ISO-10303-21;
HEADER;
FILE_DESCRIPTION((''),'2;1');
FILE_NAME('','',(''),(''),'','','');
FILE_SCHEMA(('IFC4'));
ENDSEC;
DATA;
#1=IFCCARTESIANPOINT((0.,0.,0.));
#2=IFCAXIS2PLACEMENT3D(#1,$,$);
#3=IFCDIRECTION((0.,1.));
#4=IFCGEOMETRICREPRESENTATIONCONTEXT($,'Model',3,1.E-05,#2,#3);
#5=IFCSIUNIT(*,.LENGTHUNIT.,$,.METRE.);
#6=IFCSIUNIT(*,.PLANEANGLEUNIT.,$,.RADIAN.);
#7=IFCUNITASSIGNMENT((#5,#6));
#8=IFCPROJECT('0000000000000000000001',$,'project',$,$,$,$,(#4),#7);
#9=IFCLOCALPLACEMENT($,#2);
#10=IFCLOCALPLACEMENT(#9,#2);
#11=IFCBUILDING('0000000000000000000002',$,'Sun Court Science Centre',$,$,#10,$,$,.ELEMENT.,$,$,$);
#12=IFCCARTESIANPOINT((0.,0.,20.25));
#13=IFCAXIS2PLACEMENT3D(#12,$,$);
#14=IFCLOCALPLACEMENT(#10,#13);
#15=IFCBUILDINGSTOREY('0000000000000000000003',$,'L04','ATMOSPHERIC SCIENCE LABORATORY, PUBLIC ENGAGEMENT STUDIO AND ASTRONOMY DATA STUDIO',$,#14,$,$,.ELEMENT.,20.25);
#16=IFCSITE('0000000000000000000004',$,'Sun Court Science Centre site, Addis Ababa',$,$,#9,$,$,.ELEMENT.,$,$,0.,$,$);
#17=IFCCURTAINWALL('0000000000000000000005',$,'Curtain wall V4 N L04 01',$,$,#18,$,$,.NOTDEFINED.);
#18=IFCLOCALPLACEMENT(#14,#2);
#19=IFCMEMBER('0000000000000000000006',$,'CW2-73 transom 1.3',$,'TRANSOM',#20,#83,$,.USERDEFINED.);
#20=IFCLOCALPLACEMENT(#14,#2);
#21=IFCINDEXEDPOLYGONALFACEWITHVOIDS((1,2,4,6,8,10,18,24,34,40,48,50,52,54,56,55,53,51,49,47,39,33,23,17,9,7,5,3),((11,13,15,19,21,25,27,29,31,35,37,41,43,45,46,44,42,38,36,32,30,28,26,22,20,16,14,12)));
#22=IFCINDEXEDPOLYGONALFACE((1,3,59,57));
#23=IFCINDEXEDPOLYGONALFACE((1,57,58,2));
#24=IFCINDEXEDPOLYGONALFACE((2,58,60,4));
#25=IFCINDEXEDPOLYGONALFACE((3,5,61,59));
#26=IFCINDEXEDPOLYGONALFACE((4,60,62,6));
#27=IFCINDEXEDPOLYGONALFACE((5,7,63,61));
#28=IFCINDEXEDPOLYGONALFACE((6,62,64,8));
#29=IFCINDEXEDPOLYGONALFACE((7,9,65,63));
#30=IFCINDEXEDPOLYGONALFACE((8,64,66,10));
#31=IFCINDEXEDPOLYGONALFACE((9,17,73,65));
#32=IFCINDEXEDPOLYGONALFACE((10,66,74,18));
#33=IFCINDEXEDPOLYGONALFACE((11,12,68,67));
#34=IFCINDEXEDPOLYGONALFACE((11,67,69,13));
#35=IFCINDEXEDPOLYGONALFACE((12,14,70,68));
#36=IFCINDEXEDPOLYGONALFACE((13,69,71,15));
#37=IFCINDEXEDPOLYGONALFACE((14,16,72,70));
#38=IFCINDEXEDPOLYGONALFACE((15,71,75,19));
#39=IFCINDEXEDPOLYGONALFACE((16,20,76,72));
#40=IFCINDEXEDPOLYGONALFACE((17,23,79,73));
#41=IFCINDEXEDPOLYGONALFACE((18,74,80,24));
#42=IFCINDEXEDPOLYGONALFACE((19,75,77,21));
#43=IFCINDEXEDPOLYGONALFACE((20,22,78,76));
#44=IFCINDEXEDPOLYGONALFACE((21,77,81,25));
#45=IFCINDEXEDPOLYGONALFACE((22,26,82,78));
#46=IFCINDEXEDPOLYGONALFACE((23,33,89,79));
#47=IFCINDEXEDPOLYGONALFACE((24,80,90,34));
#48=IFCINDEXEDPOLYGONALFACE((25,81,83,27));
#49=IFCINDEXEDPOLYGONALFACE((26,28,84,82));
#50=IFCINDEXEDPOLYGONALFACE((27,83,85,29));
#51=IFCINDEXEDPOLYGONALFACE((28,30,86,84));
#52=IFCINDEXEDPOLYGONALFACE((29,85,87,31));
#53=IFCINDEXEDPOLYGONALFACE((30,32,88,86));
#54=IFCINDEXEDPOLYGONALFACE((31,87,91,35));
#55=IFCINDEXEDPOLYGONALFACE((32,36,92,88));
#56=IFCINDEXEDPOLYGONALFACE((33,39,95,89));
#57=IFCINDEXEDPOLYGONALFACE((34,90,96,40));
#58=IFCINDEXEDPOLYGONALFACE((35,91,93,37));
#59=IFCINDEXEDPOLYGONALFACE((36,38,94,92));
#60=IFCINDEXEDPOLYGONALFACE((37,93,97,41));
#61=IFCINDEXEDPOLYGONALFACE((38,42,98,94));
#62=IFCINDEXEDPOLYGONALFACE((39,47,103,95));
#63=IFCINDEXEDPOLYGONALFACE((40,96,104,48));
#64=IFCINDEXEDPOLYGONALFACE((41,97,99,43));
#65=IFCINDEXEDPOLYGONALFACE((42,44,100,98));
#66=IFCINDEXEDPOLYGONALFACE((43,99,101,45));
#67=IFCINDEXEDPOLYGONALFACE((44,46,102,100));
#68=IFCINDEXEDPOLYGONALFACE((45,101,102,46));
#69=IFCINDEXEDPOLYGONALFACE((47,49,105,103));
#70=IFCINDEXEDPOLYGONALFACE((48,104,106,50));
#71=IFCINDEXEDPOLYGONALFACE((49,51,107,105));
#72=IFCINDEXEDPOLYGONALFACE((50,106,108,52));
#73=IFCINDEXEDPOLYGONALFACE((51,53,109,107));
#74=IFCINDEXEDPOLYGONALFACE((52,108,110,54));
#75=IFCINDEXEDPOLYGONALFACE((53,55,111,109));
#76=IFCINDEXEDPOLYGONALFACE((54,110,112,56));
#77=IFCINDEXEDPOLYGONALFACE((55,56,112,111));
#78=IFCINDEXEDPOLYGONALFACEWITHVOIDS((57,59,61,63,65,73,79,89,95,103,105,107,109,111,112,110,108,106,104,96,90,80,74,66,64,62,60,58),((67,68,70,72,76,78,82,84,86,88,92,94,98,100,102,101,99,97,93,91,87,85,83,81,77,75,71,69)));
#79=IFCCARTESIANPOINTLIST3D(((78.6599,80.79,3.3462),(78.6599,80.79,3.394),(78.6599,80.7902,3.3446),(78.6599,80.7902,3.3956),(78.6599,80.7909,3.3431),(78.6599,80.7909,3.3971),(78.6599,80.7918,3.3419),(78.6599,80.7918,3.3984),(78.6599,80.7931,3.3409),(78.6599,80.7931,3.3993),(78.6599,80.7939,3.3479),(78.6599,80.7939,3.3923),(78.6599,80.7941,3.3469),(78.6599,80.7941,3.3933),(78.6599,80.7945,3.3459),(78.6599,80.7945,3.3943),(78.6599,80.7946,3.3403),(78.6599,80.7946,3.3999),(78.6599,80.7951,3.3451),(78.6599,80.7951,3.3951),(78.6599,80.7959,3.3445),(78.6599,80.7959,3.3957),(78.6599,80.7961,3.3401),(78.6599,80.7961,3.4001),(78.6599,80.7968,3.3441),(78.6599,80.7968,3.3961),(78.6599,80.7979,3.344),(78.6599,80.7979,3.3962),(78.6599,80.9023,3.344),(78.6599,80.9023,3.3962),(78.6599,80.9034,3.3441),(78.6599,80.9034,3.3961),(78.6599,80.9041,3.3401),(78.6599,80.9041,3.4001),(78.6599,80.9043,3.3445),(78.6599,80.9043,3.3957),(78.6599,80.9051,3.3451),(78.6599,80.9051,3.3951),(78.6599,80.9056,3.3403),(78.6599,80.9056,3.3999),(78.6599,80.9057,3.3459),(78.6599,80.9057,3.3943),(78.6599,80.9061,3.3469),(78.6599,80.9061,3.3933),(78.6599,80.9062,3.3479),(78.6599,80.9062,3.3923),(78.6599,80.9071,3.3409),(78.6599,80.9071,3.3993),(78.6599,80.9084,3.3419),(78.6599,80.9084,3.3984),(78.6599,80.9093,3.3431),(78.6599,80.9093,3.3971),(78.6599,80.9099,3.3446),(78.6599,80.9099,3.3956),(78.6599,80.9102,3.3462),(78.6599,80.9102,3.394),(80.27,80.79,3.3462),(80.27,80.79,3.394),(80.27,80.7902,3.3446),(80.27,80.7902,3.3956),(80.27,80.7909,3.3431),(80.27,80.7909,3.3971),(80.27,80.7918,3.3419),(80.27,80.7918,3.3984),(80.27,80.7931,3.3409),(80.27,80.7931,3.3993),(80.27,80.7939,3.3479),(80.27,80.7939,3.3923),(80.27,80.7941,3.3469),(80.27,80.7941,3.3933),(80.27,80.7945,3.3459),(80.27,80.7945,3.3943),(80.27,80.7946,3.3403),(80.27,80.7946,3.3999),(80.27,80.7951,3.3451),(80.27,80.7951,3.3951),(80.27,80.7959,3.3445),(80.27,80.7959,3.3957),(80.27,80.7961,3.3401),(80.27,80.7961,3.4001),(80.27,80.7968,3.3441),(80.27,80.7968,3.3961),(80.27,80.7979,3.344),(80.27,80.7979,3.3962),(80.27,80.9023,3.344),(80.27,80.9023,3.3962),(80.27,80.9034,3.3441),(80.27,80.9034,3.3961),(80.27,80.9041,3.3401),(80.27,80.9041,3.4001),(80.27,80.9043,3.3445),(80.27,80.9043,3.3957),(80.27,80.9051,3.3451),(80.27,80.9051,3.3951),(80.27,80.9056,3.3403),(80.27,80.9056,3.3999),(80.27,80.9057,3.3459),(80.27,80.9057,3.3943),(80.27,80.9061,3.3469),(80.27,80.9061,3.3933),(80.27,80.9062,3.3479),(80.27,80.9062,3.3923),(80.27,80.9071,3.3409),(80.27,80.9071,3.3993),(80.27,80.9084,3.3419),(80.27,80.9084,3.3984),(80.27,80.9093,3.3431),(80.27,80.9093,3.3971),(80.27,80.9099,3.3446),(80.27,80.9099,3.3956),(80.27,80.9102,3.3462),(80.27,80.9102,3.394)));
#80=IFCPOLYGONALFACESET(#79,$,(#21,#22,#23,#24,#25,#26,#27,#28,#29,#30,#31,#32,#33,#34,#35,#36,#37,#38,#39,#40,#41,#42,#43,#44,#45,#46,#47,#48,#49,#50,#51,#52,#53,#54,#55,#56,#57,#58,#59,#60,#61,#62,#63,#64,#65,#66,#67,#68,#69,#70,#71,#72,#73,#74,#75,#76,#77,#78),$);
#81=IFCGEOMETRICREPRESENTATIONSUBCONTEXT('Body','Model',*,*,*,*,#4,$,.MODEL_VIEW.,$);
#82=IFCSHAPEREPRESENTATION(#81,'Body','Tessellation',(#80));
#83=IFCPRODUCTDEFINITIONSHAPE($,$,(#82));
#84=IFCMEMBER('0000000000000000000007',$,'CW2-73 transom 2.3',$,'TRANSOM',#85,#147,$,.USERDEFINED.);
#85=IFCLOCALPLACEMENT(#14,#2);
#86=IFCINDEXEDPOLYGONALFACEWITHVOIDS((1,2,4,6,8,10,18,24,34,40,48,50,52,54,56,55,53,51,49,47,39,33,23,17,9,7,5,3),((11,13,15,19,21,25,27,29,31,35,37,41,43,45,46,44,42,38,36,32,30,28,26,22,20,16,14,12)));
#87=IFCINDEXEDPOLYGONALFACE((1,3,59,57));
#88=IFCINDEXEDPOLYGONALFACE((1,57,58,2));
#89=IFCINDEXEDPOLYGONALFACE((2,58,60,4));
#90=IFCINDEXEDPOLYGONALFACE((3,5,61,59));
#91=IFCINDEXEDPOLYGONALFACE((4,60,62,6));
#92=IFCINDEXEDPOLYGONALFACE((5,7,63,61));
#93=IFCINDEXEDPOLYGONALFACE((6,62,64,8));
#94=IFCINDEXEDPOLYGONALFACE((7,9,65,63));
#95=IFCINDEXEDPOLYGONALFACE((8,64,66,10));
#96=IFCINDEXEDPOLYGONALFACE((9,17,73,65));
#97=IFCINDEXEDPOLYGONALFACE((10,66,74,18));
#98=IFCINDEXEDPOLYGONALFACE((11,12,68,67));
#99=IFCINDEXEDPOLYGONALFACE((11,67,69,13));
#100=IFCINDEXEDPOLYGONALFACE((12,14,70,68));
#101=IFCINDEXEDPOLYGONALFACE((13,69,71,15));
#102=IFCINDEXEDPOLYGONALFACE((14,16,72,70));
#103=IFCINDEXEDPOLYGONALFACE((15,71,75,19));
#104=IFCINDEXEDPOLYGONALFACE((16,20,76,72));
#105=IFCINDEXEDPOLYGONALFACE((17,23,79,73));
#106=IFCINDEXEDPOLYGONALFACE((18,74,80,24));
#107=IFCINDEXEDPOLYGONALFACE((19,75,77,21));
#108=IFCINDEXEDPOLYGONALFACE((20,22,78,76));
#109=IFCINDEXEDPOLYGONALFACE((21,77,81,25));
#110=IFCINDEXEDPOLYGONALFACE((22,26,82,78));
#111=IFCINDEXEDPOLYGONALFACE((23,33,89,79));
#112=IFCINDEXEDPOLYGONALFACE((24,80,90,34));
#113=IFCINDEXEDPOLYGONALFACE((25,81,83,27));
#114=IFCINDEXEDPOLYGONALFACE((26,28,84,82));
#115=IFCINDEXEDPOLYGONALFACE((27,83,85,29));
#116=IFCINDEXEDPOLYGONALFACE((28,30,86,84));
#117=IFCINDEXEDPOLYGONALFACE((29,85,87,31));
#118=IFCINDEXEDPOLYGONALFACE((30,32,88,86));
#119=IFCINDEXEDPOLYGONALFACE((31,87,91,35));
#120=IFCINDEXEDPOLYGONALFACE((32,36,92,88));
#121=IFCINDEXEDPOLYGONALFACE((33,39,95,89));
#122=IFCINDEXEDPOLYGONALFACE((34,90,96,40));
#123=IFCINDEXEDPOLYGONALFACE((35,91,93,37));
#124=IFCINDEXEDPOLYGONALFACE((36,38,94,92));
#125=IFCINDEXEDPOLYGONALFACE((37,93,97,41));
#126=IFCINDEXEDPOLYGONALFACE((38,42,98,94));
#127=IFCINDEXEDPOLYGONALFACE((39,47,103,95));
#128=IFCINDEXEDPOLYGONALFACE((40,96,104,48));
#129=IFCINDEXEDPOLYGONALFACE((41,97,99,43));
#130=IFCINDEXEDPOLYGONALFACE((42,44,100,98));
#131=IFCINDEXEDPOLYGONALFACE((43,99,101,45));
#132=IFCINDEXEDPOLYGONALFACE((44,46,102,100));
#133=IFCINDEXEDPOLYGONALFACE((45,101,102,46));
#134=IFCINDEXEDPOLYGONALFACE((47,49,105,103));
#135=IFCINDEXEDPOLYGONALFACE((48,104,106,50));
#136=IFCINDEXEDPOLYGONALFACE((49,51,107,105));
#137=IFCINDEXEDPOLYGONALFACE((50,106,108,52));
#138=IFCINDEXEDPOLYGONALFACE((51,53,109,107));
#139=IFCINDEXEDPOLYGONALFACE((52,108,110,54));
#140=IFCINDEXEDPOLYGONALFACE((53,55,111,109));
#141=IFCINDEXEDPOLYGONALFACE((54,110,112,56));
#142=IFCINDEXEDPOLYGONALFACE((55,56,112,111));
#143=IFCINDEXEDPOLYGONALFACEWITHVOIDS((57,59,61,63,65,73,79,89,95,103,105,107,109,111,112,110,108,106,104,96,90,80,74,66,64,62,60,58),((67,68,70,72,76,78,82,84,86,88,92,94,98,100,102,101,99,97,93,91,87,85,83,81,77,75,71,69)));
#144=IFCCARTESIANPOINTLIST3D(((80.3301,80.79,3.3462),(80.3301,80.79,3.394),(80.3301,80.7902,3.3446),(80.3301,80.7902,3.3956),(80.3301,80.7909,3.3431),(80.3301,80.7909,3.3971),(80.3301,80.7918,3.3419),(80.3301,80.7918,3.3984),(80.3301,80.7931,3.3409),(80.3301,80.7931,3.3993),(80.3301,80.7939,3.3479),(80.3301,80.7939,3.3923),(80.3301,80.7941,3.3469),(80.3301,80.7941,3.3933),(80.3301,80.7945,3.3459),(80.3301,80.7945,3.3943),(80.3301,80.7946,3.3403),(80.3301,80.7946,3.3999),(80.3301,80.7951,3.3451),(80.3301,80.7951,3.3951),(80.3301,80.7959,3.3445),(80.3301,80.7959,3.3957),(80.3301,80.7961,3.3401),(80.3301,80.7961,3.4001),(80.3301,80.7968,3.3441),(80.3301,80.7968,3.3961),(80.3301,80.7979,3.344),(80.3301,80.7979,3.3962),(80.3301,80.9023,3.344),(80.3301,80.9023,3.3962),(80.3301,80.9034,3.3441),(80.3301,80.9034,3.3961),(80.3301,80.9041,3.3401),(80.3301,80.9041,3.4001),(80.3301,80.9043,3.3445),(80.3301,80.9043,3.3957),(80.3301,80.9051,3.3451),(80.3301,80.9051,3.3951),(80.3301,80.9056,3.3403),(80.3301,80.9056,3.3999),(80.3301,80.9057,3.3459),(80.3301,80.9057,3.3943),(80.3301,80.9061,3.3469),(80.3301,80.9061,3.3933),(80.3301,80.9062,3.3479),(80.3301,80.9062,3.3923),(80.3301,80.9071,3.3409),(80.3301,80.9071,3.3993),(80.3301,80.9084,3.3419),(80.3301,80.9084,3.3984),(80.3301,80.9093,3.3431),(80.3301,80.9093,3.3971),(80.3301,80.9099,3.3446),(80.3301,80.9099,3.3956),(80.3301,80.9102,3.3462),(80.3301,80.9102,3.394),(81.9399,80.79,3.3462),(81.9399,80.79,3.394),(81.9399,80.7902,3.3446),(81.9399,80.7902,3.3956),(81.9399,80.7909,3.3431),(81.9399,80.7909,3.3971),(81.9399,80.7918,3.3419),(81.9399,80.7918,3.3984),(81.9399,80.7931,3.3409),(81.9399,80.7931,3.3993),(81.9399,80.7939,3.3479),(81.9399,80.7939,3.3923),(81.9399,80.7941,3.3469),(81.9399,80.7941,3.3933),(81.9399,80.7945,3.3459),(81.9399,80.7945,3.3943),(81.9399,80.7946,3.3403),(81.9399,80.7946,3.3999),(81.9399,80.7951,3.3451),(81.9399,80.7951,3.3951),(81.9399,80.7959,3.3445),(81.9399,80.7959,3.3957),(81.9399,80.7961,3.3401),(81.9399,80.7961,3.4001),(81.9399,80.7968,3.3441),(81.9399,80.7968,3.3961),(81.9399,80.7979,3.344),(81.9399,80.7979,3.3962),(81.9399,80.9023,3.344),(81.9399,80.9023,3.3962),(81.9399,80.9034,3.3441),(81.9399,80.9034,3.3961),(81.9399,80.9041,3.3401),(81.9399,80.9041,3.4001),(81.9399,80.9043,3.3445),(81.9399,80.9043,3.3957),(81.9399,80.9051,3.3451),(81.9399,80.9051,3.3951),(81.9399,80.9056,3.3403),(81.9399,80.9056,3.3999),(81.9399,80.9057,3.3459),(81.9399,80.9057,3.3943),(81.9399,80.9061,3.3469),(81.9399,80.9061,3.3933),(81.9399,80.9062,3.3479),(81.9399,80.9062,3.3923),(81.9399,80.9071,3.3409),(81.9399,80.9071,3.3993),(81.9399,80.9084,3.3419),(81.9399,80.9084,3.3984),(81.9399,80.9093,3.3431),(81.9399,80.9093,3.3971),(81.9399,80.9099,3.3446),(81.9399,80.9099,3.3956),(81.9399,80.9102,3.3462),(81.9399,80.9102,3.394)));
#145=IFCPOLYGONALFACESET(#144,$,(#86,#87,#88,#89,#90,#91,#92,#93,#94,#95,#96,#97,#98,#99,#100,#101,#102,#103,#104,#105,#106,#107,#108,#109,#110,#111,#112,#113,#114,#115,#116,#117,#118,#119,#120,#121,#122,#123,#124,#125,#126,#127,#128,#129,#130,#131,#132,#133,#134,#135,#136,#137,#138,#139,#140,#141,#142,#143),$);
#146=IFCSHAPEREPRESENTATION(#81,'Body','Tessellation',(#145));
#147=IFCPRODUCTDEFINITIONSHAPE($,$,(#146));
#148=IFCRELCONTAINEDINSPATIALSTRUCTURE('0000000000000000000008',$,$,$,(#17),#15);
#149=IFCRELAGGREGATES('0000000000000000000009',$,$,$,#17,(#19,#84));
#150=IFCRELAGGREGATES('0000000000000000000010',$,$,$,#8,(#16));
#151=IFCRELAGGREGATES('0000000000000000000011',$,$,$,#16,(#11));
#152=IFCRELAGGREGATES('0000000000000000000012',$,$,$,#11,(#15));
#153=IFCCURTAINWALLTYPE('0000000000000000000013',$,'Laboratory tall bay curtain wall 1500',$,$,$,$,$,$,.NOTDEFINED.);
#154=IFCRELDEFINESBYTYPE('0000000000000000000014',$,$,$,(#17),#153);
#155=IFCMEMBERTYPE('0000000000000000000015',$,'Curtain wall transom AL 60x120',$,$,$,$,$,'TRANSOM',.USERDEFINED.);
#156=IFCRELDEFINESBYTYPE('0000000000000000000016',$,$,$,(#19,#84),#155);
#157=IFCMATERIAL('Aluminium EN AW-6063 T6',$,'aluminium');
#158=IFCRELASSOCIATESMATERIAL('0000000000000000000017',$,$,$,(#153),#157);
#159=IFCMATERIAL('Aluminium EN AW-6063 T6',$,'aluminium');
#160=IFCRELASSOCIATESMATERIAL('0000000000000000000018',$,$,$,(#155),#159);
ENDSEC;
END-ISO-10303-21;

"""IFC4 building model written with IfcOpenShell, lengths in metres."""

from ifc_helpers import new_model, si_unit, direction, frame, origin, origin_2d, place, context, subcontext, project, spatial, hollow_rectangle, extrude, material, material_profile, profile_set, type_object, element, aggregate, save


model = new_model("IFC4")

# Units and contexts
model_context = context("Model", 3, precision=1e-05, world=origin(), true_north=direction((0.0, 1.0)))
body_context = subcontext(model_context, "Body", "Model", "MODEL_VIEW")
ifc_project = project(units=[si_unit("LENGTHUNIT", "METRE"), si_unit("PLANEANGLEUNIT", "RADIAN")], contexts=[model_context])

# Site, building, storey
site_placement = place(None, origin())
site = spatial("IfcSite", under=ifc_project, at=site_placement, Name="Sun Court Science Centre site, Addis Ababa", CompositionType="ELEMENT", RefElevation=0.0)
building_placement = place(site_placement, origin())
building = spatial("IfcBuilding", under=site, at=building_placement, Name="Sun Court Science Centre", CompositionType="ELEMENT")
storey_placement = place(building_placement, frame((0.0, 0.0, 20.25)))
storey = spatial("IfcBuildingStorey", under=building, at=storey_placement, Name="L04", Description="ATMOSPHERIC SCIENCE LABORATORY, PUBLIC ENGAGEMENT STUDIO AND ASTRONOMY DATA STUDIO", CompositionType="ELEMENT", Elevation=20.25)

# Curtain wall
ifc_material_1 = material(Name="Aluminium EN AW-6063 T6", Category="aluminium")
curtain_wall_type = type_object("IfcCurtainWallType", Name="Laboratory tall bay curtain wall 1500", PredefinedType="NOTDEFINED", material=ifc_material_1)
curtain_wall_1_placement = place(storey_placement, origin())
curtain_wall_1 = element("IfcCurtainWall", 1, at=curtain_wall_1_placement, inside=storey, type_object=curtain_wall_type, Name="Curtain wall V4 N L04 01", PredefinedType="NOTDEFINED")

# Members
ifc_material_2 = material(Name="Aluminium EN AW-6063 T6", Category="aluminium")
ifc_material_profile_1 = material_profile(ifc_material_2, hollow_rectangle(XDim=0.0601, YDim=0.1201, WallThickness=0.0039, InnerFilletRadius=0.0039, OuterFilletRadius=0.0061, at=origin_2d()), Name="AL 60x120x4")
ifc_profile_set_1 = profile_set([ifc_material_profile_1], Name="Aluminium EN AW-6063 T6")
member_type_1 = type_object("IfcMemberType", Name="Curtain wall transom AL 60x120", ElementType="TRANSOM", PredefinedType="USERDEFINED", material=ifc_profile_set_1)
member_1_placement = place(storey_placement, frame((78.6599, 80.8501, 3.3701), z_axis=(1.0, 0.0, 0.0), x_axis=(0.0, 0.0, 1.0)))
member_1 = element("IfcMember", 2, at=member_1_placement, type_object=member_type_1, Name="CW2-73 transom 1.3", ObjectType="TRANSOM", PredefinedType="USERDEFINED", context=body_context, shape_type="SweptSolid", body=[
    extrude(hollow_rectangle(XDim=0.0601, YDim=0.1201, WallThickness=0.0039, InnerFilletRadius=0.0039, OuterFilletRadius=0.0061, at=origin_2d()), origin(), (0.0, 0.0, 1.0), 1.6101),
])
member_2_placement = place(storey_placement, frame((80.3301, 80.8501, 3.3701), z_axis=(1.0, 0.0, 0.0), x_axis=(0.0, 0.0, 1.0)))
member_2 = element("IfcMember", 3, at=member_2_placement, type_object=member_type_1, Name="CW2-73 transom 2.3", ObjectType="TRANSOM", PredefinedType="USERDEFINED", context=body_context, shape_type="SweptSolid", body=[
    extrude(hollow_rectangle(XDim=0.0601, YDim=0.1201, WallThickness=0.0039, InnerFilletRadius=0.0039, OuterFilletRadius=0.0061, at=origin_2d()), origin(), (0.0, 0.0, 1.0), 1.6099),
])

aggregate(curtain_wall_1, [member_1, member_2])

save(model, "model.ifc")
